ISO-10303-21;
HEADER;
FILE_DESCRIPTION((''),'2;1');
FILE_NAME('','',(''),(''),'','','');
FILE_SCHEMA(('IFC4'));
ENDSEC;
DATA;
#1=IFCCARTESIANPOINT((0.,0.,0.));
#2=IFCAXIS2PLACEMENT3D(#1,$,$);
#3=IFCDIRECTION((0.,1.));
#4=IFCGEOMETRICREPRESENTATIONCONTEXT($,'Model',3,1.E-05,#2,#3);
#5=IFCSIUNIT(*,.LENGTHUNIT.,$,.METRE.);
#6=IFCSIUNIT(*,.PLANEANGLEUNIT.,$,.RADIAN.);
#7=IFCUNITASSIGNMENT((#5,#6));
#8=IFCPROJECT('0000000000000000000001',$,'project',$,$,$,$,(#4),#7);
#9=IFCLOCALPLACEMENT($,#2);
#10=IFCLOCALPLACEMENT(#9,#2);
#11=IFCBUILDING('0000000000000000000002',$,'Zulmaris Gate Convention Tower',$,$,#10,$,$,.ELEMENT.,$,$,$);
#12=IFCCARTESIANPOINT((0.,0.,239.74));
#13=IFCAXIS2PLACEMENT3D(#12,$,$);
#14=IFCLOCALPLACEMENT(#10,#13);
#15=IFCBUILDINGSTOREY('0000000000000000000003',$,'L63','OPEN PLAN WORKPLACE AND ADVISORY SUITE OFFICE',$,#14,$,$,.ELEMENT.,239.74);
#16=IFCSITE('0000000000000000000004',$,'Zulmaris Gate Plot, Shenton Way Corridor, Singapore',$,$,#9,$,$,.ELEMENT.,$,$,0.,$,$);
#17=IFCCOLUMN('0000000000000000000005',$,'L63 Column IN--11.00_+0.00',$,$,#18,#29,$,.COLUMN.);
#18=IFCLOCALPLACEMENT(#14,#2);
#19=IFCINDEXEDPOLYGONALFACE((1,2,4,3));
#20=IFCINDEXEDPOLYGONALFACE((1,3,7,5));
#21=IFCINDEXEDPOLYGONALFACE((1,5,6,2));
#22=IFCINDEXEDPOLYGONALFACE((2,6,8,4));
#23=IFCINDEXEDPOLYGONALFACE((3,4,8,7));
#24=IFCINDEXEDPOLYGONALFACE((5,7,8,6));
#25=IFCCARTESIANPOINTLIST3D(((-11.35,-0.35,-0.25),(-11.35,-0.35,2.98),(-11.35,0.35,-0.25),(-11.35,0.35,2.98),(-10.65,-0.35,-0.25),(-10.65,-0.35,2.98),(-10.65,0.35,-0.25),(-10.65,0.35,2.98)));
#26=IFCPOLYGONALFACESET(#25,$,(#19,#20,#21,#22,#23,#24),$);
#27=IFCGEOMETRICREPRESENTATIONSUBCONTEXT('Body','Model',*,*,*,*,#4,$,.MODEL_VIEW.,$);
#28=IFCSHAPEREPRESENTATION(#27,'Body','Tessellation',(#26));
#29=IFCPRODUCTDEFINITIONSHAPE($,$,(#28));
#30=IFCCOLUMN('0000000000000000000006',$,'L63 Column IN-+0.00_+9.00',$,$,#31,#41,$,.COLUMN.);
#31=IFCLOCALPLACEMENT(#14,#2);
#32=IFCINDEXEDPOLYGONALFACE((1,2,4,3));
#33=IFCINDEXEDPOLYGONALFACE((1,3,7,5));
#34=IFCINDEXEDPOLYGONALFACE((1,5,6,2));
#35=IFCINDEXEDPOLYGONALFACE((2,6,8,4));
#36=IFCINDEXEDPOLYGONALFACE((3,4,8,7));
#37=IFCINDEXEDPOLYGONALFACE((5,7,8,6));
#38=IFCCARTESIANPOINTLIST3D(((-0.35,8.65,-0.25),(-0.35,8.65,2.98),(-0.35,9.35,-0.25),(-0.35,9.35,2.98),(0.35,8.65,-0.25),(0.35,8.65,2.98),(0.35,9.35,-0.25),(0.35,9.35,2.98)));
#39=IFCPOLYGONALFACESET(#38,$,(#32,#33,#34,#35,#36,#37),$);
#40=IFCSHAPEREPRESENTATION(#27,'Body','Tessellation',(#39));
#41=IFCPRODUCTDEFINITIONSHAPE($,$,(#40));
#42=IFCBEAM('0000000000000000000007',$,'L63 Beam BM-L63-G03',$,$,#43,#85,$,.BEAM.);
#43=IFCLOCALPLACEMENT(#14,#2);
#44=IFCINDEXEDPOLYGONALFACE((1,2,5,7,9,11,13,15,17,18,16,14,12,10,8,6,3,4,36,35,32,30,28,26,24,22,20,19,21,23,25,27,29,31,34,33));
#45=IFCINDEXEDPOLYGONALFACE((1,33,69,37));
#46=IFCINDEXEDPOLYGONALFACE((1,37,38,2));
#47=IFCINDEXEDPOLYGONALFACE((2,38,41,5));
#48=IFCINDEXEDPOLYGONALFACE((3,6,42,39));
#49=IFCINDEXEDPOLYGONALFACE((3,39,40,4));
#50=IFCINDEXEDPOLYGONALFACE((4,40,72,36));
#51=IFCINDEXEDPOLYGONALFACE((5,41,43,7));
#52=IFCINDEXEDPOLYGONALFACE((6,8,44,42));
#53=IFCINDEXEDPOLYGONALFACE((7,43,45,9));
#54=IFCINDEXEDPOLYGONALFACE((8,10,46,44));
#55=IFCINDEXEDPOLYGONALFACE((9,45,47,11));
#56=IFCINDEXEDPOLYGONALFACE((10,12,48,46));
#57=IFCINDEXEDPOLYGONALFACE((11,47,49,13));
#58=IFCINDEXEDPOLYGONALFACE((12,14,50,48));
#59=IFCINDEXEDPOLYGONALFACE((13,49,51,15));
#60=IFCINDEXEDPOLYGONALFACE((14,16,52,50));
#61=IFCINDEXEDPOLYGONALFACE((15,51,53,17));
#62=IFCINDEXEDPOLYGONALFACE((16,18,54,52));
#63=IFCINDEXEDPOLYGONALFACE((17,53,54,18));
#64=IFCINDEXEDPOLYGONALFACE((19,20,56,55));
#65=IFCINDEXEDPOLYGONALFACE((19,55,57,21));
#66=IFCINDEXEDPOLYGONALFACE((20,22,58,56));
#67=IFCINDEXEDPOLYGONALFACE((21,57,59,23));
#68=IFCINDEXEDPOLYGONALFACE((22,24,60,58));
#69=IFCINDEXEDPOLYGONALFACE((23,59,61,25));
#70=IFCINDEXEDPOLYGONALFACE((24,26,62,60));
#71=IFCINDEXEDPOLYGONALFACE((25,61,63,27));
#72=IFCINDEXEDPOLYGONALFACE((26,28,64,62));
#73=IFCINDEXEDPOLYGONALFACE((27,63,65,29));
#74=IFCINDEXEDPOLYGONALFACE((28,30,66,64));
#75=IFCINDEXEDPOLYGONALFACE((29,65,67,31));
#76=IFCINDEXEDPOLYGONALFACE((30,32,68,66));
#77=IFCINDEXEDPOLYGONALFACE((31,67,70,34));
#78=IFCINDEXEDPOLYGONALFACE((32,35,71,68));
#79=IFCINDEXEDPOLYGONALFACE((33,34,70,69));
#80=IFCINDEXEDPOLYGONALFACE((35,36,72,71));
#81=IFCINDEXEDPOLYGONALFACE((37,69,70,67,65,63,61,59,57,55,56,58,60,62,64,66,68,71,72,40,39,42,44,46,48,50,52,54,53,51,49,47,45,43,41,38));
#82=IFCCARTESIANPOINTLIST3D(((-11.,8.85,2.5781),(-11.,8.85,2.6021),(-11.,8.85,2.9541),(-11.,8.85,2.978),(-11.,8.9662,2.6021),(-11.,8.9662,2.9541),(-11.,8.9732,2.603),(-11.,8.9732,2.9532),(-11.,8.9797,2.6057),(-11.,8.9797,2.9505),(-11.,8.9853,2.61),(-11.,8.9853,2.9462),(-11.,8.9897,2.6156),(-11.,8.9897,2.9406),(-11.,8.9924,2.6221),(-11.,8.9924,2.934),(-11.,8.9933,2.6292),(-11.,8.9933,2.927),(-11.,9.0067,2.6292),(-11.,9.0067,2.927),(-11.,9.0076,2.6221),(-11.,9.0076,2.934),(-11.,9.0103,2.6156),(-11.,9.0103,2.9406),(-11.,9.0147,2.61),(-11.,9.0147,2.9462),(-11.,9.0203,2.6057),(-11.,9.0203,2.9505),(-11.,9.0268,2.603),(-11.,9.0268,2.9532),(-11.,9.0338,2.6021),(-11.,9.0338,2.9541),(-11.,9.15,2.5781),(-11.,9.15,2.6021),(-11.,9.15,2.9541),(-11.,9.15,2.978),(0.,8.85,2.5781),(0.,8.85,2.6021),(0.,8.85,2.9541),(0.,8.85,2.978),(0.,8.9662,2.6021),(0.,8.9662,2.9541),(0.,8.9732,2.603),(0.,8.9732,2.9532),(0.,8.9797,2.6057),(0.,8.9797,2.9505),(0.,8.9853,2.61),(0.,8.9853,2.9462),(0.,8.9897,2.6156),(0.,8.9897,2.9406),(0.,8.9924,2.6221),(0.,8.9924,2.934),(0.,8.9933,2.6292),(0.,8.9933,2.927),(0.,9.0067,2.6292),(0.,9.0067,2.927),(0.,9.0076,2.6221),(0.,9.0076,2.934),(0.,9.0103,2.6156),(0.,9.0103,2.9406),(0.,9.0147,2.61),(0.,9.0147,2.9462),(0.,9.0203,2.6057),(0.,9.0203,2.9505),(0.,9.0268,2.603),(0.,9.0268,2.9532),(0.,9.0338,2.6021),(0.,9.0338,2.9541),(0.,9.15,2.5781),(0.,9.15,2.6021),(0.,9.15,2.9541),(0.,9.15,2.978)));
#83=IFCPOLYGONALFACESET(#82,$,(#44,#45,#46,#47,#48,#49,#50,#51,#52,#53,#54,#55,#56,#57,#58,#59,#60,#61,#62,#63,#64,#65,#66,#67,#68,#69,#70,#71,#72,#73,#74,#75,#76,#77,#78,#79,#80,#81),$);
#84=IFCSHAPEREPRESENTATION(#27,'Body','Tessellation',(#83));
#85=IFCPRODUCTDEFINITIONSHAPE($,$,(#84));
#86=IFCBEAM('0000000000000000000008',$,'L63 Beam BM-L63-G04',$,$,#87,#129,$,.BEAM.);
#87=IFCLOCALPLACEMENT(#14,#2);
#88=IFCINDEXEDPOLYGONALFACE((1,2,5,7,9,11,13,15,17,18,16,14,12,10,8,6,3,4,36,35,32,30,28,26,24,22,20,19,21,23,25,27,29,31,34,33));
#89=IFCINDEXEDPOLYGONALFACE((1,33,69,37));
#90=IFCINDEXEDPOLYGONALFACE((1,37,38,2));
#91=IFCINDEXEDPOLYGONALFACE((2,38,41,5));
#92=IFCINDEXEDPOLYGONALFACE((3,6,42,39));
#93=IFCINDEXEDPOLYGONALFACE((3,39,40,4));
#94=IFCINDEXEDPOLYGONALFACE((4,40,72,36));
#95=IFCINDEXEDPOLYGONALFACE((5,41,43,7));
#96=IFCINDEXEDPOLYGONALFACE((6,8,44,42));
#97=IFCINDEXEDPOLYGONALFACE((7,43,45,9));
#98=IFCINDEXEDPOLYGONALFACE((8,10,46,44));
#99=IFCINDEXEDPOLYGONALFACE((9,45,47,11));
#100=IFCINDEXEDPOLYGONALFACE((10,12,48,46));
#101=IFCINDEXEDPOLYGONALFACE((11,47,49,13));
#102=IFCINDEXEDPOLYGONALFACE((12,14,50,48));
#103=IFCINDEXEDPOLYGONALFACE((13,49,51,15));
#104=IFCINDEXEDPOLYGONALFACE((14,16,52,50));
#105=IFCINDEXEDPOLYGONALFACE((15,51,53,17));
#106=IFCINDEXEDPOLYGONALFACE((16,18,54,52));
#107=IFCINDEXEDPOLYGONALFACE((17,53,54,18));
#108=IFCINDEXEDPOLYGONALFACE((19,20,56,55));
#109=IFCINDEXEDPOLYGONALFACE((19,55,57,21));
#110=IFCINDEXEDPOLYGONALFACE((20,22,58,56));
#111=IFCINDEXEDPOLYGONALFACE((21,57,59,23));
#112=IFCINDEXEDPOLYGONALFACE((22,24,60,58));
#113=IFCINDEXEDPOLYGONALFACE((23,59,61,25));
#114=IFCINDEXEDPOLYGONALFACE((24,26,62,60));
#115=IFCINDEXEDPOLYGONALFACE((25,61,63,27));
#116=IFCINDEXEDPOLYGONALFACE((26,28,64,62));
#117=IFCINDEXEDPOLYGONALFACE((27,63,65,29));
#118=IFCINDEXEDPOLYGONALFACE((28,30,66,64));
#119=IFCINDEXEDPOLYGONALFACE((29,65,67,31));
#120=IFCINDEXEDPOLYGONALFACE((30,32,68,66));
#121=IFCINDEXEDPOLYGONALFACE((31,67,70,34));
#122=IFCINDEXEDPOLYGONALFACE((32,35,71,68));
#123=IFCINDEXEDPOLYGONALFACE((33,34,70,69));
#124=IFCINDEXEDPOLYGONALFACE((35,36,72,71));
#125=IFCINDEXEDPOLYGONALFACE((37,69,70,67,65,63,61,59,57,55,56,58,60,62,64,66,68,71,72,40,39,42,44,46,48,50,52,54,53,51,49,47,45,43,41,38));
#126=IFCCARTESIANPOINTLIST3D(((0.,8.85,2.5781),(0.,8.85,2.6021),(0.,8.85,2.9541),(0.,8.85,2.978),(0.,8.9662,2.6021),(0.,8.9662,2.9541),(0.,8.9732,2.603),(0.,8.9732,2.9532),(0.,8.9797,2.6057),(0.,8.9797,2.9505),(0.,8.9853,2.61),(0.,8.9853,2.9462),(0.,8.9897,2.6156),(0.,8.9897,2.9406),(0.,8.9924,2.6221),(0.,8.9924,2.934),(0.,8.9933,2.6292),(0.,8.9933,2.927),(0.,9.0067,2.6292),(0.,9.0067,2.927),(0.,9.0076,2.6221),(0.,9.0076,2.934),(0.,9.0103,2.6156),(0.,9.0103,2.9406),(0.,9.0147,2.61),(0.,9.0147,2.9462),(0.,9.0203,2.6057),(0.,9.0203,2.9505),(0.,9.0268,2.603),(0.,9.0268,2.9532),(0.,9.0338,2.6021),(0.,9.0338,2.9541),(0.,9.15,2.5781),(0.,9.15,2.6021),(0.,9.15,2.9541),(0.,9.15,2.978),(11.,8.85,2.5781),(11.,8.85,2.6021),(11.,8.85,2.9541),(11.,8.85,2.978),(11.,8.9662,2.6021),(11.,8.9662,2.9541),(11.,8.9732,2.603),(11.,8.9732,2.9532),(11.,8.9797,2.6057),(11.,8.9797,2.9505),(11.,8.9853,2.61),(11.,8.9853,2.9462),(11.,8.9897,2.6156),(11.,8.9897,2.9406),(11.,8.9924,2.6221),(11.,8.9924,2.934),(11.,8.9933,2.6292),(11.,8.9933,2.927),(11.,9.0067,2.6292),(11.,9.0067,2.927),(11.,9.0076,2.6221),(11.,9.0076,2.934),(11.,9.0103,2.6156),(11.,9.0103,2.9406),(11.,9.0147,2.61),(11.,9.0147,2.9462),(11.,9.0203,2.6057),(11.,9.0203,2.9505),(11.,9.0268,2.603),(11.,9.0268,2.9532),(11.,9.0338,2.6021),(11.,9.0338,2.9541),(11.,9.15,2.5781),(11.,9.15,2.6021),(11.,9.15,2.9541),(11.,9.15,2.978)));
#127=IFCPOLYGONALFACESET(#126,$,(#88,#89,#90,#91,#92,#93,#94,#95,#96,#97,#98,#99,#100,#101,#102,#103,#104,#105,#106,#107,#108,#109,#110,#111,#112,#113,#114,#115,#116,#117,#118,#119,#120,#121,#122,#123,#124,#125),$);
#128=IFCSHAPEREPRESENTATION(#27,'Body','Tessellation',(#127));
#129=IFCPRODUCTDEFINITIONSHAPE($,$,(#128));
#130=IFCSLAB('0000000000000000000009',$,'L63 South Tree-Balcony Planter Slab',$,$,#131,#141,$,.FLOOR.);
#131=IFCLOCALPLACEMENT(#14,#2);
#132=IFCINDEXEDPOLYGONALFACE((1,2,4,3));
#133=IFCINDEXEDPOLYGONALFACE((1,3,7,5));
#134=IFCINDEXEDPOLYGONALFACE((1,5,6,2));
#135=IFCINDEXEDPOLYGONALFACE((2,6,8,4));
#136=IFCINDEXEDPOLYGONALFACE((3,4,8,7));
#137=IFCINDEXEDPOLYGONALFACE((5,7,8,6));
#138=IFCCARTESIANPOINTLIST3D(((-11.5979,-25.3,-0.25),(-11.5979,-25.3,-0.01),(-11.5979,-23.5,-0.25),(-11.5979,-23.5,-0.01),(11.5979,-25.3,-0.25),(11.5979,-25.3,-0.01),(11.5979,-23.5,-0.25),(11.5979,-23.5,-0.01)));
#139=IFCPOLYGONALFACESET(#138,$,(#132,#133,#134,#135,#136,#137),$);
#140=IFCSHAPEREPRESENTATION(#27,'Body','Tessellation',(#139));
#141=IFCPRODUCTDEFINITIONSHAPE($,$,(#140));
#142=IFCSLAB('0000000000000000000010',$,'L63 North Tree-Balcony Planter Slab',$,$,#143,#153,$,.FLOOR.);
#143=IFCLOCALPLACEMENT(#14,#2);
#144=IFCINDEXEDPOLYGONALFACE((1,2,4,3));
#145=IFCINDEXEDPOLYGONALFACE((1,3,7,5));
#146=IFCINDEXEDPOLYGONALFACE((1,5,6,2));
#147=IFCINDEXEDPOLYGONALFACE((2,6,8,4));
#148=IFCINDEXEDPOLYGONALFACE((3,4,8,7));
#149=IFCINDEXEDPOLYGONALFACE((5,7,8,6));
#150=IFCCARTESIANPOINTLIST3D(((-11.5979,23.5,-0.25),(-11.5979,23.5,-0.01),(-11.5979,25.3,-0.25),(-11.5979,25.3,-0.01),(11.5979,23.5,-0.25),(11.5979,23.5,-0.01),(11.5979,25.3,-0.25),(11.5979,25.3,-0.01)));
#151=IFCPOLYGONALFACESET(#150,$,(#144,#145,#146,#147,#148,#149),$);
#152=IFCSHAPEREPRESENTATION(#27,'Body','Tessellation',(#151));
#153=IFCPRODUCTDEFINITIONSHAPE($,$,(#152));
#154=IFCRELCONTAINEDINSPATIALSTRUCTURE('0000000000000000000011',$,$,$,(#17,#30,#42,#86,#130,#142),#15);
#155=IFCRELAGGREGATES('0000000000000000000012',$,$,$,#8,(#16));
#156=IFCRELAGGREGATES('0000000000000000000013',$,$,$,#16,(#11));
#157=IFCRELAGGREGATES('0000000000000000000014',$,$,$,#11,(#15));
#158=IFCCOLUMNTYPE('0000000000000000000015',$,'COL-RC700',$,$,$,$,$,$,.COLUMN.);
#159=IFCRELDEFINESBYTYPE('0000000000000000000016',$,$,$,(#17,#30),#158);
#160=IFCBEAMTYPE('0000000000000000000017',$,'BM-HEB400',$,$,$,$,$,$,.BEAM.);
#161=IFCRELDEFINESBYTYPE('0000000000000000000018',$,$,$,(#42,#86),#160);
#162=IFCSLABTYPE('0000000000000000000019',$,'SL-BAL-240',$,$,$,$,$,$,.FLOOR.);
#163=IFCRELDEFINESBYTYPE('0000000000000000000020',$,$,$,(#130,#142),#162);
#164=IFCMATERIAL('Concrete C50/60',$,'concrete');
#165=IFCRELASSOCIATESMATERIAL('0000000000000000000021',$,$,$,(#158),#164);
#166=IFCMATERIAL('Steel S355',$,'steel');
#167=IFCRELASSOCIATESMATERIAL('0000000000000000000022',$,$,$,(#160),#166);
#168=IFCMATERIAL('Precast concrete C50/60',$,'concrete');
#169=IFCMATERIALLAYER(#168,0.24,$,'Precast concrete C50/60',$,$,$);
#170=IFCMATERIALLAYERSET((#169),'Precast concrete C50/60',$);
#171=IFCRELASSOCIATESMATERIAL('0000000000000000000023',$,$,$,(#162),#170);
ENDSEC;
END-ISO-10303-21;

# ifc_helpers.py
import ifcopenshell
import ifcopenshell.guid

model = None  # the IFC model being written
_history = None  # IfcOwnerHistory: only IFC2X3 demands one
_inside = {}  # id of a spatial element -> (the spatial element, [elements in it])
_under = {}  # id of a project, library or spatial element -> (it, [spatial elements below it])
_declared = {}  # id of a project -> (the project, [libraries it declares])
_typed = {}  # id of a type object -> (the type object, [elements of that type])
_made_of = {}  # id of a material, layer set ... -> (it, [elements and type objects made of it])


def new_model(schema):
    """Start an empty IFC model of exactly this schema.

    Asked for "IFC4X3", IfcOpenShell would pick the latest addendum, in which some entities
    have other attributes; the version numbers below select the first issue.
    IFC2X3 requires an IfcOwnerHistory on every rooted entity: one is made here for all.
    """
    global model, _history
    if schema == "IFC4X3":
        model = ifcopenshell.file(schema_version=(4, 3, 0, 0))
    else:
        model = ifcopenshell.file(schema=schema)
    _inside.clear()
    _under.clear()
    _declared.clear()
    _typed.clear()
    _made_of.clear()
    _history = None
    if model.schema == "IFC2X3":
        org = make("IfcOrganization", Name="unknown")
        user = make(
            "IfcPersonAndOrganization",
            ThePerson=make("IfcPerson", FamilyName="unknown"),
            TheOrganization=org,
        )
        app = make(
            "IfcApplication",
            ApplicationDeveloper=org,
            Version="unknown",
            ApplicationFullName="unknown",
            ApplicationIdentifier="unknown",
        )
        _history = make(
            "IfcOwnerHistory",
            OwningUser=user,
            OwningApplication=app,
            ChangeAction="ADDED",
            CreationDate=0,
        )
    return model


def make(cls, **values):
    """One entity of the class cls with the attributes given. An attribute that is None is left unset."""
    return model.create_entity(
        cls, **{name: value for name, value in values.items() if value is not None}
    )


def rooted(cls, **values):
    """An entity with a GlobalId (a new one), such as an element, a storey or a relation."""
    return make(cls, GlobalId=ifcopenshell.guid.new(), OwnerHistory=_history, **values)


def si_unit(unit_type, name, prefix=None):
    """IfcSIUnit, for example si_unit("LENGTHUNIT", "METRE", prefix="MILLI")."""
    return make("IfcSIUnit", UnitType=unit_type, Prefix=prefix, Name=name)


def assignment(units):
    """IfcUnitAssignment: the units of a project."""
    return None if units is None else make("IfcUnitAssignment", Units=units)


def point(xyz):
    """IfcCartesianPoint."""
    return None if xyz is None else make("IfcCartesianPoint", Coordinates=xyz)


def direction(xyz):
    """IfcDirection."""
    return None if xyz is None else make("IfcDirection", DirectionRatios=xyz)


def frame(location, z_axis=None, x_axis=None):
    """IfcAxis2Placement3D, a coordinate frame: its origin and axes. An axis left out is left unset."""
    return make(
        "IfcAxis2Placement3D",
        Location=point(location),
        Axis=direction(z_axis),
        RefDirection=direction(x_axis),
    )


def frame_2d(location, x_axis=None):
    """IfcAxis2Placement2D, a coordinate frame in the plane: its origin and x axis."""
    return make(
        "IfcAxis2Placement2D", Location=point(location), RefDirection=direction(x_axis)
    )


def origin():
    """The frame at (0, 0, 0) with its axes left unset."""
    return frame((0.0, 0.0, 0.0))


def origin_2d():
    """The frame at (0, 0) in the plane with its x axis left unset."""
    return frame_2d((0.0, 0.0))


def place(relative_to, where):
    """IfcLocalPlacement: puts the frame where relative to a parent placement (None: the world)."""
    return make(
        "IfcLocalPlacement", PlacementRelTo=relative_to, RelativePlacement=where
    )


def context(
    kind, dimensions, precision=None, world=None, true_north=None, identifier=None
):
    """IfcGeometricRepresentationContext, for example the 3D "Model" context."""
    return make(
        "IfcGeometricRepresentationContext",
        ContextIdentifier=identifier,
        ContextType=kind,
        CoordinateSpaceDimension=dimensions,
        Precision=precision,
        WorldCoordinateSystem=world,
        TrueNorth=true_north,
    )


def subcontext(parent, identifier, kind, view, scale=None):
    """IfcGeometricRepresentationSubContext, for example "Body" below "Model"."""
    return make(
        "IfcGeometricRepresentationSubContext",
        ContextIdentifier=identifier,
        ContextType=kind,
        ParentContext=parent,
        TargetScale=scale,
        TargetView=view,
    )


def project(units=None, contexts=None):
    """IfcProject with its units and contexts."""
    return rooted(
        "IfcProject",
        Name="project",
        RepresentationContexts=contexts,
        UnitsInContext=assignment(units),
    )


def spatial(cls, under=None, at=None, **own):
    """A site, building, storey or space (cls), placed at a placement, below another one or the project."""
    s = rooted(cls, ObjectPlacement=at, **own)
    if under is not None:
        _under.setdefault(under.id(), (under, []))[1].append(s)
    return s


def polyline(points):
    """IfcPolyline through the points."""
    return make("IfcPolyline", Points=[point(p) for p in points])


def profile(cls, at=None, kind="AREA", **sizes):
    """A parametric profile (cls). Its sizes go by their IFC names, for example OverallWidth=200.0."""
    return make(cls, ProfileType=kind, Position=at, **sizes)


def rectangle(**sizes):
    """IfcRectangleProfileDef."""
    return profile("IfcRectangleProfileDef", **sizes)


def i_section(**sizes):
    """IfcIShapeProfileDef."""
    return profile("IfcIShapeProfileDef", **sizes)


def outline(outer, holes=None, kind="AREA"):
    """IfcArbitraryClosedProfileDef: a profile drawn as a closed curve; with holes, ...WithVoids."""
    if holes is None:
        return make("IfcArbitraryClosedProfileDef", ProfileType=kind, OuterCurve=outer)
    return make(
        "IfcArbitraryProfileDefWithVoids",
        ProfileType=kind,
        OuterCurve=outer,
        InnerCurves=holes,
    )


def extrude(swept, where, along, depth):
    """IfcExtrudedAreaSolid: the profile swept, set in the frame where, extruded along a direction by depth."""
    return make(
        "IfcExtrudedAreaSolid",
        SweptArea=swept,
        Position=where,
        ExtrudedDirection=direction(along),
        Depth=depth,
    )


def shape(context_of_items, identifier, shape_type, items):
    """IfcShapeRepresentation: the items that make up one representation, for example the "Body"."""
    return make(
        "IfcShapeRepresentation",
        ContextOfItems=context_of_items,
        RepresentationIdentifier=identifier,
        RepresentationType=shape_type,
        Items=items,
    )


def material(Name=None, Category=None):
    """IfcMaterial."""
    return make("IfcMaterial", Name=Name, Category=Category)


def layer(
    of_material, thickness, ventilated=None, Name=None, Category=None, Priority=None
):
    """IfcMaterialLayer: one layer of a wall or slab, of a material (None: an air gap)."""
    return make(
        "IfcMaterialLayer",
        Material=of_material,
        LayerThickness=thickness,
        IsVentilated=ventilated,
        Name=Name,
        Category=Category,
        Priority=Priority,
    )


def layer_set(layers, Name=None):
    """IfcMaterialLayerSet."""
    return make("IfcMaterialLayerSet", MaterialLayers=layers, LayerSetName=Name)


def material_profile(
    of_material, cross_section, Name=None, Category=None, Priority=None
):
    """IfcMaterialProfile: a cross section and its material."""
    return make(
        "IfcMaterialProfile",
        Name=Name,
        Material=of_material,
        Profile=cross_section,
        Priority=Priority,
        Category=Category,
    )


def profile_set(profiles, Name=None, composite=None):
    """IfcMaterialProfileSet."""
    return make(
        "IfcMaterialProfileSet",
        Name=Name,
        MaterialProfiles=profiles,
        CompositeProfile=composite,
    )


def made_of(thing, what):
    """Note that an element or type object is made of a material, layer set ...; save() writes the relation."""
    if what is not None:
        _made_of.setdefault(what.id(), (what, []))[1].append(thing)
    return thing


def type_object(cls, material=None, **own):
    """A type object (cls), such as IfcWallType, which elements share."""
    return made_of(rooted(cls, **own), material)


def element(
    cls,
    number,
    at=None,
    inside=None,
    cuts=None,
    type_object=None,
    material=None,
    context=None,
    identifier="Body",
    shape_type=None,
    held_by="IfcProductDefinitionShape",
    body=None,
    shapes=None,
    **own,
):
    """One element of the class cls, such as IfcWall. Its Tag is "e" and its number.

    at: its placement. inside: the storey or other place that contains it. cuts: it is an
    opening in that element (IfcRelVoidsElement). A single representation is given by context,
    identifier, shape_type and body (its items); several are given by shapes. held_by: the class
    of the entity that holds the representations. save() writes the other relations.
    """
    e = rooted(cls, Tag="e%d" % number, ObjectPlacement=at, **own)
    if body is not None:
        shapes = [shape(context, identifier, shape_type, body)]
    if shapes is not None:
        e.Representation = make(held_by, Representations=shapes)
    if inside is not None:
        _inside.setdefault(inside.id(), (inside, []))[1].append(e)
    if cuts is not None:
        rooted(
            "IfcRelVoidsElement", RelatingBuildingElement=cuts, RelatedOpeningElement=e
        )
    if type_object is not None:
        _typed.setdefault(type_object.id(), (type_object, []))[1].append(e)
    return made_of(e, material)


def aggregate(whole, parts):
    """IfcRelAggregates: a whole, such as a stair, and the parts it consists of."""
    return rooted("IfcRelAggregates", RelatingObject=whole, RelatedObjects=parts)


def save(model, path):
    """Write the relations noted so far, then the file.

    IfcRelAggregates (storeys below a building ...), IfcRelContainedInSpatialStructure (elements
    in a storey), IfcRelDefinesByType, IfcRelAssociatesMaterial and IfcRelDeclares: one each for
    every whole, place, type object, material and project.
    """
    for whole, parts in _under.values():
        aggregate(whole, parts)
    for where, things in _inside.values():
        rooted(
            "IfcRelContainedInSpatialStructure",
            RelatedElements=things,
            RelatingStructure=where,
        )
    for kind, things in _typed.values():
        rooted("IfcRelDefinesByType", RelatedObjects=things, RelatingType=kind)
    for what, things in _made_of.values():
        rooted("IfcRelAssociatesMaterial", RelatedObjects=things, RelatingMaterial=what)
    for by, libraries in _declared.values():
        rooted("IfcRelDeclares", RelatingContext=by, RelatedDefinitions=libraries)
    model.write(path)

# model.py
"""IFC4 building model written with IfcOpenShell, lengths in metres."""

from ifc_helpers import new_model, si_unit, direction, frame, origin, origin_2d, place, context, subcontext, project, spatial, polyline, rectangle, i_section, outline, extrude, material, layer, layer_set, material_profile, profile_set, type_object, element, save


model = new_model("IFC4")

# Units and contexts
model_context = context("Model", 3, precision=1e-05, world=origin(), true_north=direction((0.0, 1.0)))
body_context = subcontext(model_context, "Body", "Model", "MODEL_VIEW")
ifc_project = project(units=[si_unit("LENGTHUNIT", "METRE"), si_unit("PLANEANGLEUNIT", "RADIAN")], contexts=[model_context])

# Site, building, storey
site_placement = place(None, origin())
site = spatial("IfcSite", under=ifc_project, at=site_placement, Name="Zulmaris Gate Plot, Shenton Way Corridor, Singapore", CompositionType="ELEMENT", RefElevation=0.0)
building_placement = place(site_placement, origin())
building = spatial("IfcBuilding", under=site, at=building_placement, Name="Zulmaris Gate Convention Tower", CompositionType="ELEMENT")
storey_placement = place(building_placement, frame((0.0, 0.0, 239.74)))
storey = spatial("IfcBuildingStorey", under=building, at=storey_placement, Name="L63", Description="OPEN PLAN WORKPLACE AND ADVISORY SUITE OFFICE", CompositionType="ELEMENT", Elevation=239.74)

# Columns
ifc_material_1 = material(Name="Concrete C50/60", Category="concrete")
ifc_material_profile_1 = material_profile(ifc_material_1, rectangle(XDim=0.7, YDim=0.7, at=origin_2d()), Name="RC COL 700x700")
ifc_profile_set_1 = profile_set([ifc_material_profile_1], Name="Concrete C50/60")
column_type = type_object("IfcColumnType", Name="COL-RC700", PredefinedType="COLUMN", material=ifc_profile_set_1)
for number, where, z_axis, x_axis, name in (
    (1, (-11.0, 0.0, -0.25), (0.0, 0.0, 1.0), (1.0, 0.0, 0.0), "L63 Column IN--11.00_+0.00"),
    (2, (0.0, 9.0, -0.25), (0.0, 0.0, 1.0), (1.0, 0.0, 0.0), "L63 Column IN-+0.00_+9.00"),
):
    element("IfcColumn", number, at=place(storey_placement, frame(where, z_axis=z_axis, x_axis=x_axis)), inside=storey, type_object=column_type, Name=name, PredefinedType="COLUMN", context=body_context, shape_type="SweptSolid", body=[
        extrude(rectangle(XDim=0.7, YDim=0.7, at=origin_2d()), origin(), (0.0, 0.0, 1.0), 3.23),
    ])

# Beams
ifc_material_2 = material(Name="Steel S355", Category="steel")
ifc_material_profile_2 = material_profile(ifc_material_2, i_section(OverallWidth=0.3, OverallDepth=0.3999, WebThickness=0.0134, FlangeThickness=0.0239, FilletRadius=0.0271, at=origin_2d()), Name="HEB 400")
ifc_profile_set_2 = profile_set([ifc_material_profile_2], Name="Steel S355")
beam_type = type_object("IfcBeamType", Name="BM-HEB400", PredefinedType="BEAM", material=ifc_profile_set_2)
for number, where, z_axis, x_axis, name in (
    (3, (-11.0, 9.0, 2.7781), (1.0, 0.0, 0.0), (0.0, 1.0, 0.0), "L63 Beam BM-L63-G03"),
    (4, (0.0, 9.0, 2.7781), (1.0, 0.0, 0.0), (0.0, 1.0, 0.0), "L63 Beam BM-L63-G04"),
):
    element("IfcBeam", number, at=place(storey_placement, frame(where, z_axis=z_axis, x_axis=x_axis)), inside=storey, type_object=beam_type, Name=name, PredefinedType="BEAM", context=body_context, shape_type="SweptSolid", body=[
        extrude(i_section(OverallWidth=0.3, OverallDepth=0.3999, WebThickness=0.0134, FlangeThickness=0.0239, FilletRadius=0.0271, at=origin_2d()), origin(), (0.0, 0.0, 1.0), 11.0),
    ])

# Slabs
ifc_material_3 = material(Name="Precast concrete C50/60", Category="concrete")
ifc_layer_1 = layer(ifc_material_3, 0.24, Name="Precast concrete C50/60")
ifc_layer_set_1 = layer_set([ifc_layer_1], Name="Precast concrete C50/60")
slab_type_1 = type_object("IfcSlabType", Name="SL-BAL-240", PredefinedType="FLOOR", material=ifc_layer_set_1)
slab_1_placement = place(storey_placement, frame((0.0, 0.0, -0.25)))
element("IfcSlab", 5, at=slab_1_placement, inside=storey, type_object=slab_type_1, Name="L63 South Tree-Balcony Planter Slab", PredefinedType="FLOOR", context=body_context, shape_type="SweptSolid", body=[
    extrude(outline(polyline([(-11.5979, -25.3), (-11.5979, -23.5), (11.5979, -23.5), (11.5979, -25.3), (-11.5979, -25.3)])), origin(), (0.0, 0.0, 1.0), 0.24),
])
slab_2_placement = place(storey_placement, frame((0.0, 0.0, -0.25)))
element("IfcSlab", 6, at=slab_2_placement, inside=storey, type_object=slab_type_1, Name="L63 North Tree-Balcony Planter Slab", PredefinedType="FLOOR", context=body_context, shape_type="SweptSolid", body=[
    extrude(outline(polyline([(11.5979, 25.3), (11.5979, 23.5), (-11.5979, 23.5), (-11.5979, 25.3), (11.5979, 25.3)])), origin(), (0.0, 0.0, 1.0), 0.24),
])

save(model, "model.ifc")
